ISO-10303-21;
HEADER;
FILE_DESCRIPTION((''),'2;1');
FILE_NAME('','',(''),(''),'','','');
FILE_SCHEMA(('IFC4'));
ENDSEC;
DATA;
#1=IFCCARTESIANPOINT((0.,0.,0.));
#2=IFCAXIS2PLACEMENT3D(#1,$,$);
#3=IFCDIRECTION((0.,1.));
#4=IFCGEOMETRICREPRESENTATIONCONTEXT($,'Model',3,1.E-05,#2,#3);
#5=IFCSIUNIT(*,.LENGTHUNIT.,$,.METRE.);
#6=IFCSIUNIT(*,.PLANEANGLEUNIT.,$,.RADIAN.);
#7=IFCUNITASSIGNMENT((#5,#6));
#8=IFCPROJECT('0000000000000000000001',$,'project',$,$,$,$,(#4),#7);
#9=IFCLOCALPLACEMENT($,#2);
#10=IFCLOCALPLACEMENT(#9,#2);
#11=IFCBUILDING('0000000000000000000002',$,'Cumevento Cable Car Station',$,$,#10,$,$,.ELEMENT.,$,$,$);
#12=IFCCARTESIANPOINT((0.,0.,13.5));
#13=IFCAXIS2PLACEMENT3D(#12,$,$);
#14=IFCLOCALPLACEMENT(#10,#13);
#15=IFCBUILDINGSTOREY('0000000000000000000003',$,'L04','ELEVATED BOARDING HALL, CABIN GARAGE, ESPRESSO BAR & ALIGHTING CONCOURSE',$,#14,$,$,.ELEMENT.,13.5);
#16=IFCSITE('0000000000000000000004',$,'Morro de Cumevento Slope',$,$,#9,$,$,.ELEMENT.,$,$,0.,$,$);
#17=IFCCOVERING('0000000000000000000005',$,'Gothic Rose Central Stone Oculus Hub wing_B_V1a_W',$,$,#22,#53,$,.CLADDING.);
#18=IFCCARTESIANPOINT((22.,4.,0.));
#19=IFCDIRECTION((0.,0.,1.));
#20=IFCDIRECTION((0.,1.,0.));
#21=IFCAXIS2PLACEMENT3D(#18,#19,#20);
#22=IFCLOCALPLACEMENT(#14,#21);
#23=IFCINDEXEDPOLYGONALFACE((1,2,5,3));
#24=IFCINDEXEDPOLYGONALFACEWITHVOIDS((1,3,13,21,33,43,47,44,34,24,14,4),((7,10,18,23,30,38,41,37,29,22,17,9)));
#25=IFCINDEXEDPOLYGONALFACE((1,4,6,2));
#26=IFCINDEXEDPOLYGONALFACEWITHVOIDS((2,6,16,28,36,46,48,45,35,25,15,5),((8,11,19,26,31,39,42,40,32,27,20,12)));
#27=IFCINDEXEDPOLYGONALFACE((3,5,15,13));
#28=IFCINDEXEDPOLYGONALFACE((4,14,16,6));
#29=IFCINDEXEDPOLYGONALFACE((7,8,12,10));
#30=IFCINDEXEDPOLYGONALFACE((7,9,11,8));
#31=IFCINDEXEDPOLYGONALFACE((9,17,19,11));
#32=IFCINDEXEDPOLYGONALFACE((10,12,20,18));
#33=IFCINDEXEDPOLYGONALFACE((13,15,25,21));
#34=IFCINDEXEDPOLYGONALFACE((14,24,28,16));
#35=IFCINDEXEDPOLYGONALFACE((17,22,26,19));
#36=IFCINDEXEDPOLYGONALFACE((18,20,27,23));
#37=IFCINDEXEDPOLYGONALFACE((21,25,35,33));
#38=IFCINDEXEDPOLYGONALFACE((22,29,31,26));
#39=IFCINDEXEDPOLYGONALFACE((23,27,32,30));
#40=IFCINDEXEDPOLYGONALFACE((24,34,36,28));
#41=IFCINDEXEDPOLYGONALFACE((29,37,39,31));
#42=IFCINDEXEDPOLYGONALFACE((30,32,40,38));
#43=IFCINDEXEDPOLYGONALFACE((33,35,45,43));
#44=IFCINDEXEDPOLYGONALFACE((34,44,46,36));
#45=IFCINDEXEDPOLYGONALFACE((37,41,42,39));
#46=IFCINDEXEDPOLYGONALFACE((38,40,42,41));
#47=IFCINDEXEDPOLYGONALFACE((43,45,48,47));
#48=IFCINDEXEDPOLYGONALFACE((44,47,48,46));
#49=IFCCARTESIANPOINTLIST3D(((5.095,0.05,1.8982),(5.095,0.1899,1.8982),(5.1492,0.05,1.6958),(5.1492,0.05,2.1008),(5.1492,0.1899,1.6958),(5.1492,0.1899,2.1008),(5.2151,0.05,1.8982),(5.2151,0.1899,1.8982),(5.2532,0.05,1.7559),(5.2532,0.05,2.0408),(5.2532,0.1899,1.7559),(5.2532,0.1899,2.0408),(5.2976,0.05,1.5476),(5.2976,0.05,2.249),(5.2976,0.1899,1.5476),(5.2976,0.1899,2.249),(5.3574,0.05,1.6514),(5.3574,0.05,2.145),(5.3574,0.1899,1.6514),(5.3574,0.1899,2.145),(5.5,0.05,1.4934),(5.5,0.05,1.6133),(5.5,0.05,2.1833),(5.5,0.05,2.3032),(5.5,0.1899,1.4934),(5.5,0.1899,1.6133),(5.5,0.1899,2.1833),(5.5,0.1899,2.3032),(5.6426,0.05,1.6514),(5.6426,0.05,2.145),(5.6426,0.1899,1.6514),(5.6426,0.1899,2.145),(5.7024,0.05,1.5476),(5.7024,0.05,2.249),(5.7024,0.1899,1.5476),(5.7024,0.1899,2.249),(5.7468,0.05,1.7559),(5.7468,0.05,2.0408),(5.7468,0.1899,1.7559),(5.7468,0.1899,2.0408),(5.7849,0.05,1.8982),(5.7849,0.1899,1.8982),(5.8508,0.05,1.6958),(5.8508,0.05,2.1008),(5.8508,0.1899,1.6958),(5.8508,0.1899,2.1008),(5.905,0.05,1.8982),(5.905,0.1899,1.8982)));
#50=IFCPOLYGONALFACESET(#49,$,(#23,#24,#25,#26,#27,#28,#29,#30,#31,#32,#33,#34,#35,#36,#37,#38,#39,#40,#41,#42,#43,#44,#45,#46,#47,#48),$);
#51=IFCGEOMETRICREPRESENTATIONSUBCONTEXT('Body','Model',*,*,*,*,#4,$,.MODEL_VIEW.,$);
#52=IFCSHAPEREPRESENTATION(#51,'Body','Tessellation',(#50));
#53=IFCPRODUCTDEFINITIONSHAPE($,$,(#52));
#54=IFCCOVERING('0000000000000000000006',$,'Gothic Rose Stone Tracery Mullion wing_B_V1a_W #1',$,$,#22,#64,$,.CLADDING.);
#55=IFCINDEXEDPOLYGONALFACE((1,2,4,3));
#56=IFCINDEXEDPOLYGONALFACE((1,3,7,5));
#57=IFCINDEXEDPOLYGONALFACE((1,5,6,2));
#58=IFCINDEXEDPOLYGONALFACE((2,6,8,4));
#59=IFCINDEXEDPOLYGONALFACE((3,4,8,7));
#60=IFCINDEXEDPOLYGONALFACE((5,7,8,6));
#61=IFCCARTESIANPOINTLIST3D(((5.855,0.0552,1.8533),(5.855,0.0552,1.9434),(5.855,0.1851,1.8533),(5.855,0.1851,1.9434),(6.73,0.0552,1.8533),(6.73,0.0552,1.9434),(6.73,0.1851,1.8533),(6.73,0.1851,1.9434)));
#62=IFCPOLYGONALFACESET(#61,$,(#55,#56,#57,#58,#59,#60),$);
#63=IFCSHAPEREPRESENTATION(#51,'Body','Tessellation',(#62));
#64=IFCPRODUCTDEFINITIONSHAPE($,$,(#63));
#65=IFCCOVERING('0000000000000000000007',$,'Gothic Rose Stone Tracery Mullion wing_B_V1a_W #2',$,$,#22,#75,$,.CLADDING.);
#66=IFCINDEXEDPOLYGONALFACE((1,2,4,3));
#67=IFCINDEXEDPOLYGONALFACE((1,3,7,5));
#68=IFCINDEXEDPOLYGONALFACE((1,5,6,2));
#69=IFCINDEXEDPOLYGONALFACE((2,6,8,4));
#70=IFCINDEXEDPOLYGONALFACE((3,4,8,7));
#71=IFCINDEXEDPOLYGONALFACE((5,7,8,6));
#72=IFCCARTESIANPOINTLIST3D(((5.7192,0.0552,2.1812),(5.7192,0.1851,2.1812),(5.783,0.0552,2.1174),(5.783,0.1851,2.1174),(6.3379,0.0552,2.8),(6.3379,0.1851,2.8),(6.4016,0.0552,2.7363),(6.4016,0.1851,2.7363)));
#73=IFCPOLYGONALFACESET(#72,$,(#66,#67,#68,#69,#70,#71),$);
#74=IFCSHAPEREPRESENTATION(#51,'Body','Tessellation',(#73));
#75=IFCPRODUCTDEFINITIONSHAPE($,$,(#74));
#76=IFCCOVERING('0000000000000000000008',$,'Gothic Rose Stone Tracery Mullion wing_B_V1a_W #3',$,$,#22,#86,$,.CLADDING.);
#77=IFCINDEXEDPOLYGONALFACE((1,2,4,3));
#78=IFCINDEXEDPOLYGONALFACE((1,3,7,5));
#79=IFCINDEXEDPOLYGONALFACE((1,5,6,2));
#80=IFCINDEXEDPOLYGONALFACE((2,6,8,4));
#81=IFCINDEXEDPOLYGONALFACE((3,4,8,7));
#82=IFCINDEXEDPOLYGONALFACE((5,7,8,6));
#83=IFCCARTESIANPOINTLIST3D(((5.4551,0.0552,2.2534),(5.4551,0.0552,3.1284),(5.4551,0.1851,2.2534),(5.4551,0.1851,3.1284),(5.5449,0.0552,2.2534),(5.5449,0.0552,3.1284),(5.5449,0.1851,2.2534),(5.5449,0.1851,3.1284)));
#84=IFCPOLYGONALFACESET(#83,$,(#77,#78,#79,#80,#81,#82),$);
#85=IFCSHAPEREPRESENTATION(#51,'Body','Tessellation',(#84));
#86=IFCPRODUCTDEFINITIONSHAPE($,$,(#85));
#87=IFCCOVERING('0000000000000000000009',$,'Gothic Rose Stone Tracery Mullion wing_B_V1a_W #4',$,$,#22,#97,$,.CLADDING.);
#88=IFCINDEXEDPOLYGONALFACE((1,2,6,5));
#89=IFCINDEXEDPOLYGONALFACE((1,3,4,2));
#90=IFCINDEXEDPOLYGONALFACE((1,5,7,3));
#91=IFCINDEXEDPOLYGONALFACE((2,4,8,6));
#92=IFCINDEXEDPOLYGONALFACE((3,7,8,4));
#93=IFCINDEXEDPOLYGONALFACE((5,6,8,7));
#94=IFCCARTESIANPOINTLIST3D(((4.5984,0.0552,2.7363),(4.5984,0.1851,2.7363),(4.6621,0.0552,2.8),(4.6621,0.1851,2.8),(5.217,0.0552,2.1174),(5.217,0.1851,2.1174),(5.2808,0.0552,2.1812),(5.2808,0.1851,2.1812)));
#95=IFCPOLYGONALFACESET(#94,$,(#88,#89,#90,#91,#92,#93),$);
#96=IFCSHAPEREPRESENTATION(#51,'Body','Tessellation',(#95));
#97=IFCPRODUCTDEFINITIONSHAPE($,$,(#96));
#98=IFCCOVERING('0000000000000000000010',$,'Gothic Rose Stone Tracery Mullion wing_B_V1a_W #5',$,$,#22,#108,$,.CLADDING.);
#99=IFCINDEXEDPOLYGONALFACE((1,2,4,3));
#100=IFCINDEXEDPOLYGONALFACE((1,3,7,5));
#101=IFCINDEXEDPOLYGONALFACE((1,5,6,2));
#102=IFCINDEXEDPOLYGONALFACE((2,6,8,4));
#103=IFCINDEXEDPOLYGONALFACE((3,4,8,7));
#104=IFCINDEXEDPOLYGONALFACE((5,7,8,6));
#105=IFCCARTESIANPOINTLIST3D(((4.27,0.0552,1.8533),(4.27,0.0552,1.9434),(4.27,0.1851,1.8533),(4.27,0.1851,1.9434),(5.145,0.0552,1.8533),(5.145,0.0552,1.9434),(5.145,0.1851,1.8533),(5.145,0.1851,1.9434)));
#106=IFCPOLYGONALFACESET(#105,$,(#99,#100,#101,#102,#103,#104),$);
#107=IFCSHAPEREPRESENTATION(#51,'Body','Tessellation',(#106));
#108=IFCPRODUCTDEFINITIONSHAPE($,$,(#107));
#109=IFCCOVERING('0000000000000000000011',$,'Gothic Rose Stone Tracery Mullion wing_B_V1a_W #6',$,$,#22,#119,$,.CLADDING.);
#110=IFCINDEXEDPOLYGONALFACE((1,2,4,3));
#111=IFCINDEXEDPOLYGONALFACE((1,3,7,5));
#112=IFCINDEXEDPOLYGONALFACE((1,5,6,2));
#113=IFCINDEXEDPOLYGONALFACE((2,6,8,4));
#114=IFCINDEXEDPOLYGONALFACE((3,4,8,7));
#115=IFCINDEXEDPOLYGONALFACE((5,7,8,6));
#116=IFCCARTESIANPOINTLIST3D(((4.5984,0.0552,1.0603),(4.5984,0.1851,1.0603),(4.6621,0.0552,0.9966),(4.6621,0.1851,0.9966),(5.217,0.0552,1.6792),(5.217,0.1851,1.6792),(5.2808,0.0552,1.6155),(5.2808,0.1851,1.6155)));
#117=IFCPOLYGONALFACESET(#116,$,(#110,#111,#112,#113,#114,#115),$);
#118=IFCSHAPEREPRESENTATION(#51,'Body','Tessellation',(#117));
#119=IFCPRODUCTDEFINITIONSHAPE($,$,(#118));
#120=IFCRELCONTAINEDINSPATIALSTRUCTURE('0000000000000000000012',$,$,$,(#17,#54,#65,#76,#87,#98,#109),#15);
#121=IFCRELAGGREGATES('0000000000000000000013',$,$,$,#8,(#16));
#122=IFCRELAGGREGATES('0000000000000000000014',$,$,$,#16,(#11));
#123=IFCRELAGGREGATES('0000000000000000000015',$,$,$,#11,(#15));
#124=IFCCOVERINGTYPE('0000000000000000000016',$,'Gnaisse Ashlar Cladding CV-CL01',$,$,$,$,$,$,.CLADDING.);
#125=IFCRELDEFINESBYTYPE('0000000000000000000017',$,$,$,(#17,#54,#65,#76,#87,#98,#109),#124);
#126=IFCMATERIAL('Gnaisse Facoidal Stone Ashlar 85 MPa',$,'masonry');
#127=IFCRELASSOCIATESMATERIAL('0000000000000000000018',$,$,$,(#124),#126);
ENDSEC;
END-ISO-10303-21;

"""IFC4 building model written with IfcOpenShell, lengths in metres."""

from ifc_helpers import new_model, si_unit, direction, frame, origin, place, context, subcontext, project, spatial, polyline, outline, extrude, material, type_object, element, save


model = new_model("IFC4")

# Units and contexts
model_context = context("Model", 3, precision=1e-05, world=origin(), true_north=direction((0.0, 1.0)))
body_context = subcontext(model_context, "Body", "Model", "MODEL_VIEW")
ifc_project = project(units=[si_unit("LENGTHUNIT", "METRE"), si_unit("PLANEANGLEUNIT", "RADIAN")], contexts=[model_context])

# Site, building, storey
site_placement = place(None, origin())
site = spatial("IfcSite", under=ifc_project, at=site_placement, Name="Morro de Cumevento Slope", CompositionType="ELEMENT", RefElevation=0.0)
building_placement = place(site_placement, origin())
building = spatial("IfcBuilding", under=site, at=building_placement, Name="Cumevento Cable Car Station", CompositionType="ELEMENT")
storey_placement = place(building_placement, frame((0.0, 0.0, 13.5)))
storey = spatial("IfcBuildingStorey", under=building, at=storey_placement, Name="L04", Description="ELEVATED BOARDING HALL, CABIN GARAGE, ESPRESSO BAR & ALIGHTING CONCOURSE", CompositionType="ELEMENT", Elevation=13.5)

# Coverings
ifc_material_1 = material(Name="Gnaisse Facoidal Stone Ashlar 85 MPa", Category="masonry")
covering_type = type_object("IfcCoveringType", Name="Gnaisse Ashlar Cladding CV-CL01", PredefinedType="CLADDING", material=ifc_material_1)
placement_1 = place(storey_placement, frame((22.0, 4.0, 0.0), z_axis=(0.0, 0.0, 1.0), x_axis=(0.0, 1.0, 0.0)))
element("IfcCovering", 1, at=placement_1, inside=storey, type_object=covering_type, Name="Gothic Rose Central Stone Oculus Hub wing_B_V1a_W", PredefinedType="CLADDING", context=body_context, shape_type="SweptSolid", body=[
    extrude(outline(polyline([(5.905, 1.8982), (5.8508, 2.1008), (5.7024, 2.249), (5.5, 2.3032), (5.2976, 2.249), (5.1492, 2.1008), (5.095, 1.8982), (5.1492, 1.6958), (5.2976, 1.5476), (5.5, 1.4934), (5.7024, 1.5476), (5.8508, 1.6958), (5.905, 1.8982)]), holes=[polyline([(5.7849, 1.8982), (5.7468, 2.0408), (5.6426, 2.145), (5.5, 2.1833), (5.3574, 2.145), (5.2532, 2.0408), (5.2151, 1.8982), (5.2532, 1.7559), (5.3574, 1.6514), (5.5, 1.6133), (5.6426, 1.6514), (5.7468, 1.7559), (5.7849, 1.8982)])]), frame((0.0, 0.1899, 0.0), z_axis=(0.0, -1.0, 0.0), x_axis=(1.0, 0.0, 0.0)), (0.0, 0.0, 1.0), 0.1399),
])
element("IfcCovering", 2, at=placement_1, inside=storey, type_object=covering_type, Name="Gothic Rose Stone Tracery Mullion wing_B_V1a_W #1", PredefinedType="CLADDING", context=body_context, shape_type="SweptSolid", body=[
    extrude(outline(polyline([(5.855, 1.9434), (6.73, 1.9434), (6.73, 1.8533), (5.855, 1.8533), (5.855, 1.9434)])), frame((0.0, 0.1851, 0.0), z_axis=(0.0, -1.0, 0.0), x_axis=(1.0, 0.0, 0.0)), (0.0, 0.0, 1.0), 0.1299),
])
element("IfcCovering", 3, at=placement_1, inside=storey, type_object=covering_type, Name="Gothic Rose Stone Tracery Mullion wing_B_V1a_W #2", PredefinedType="CLADDING", context=body_context, shape_type="SweptSolid", body=[
    extrude(outline(polyline([(5.7192, 2.1812), (6.3379, 2.8), (6.4016, 2.7363), (5.783, 2.1174), (5.7192, 2.1812)])), frame((0.0, 0.1851, 0.0), z_axis=(0.0, -1.0, 0.0), x_axis=(1.0, 0.0, 0.0)), (0.0, 0.0, 1.0), 0.1299),
])
element("IfcCovering", 4, at=placement_1, inside=storey, type_object=covering_type, Name="Gothic Rose Stone Tracery Mullion wing_B_V1a_W #3", PredefinedType="CLADDING", context=body_context, shape_type="SweptSolid", body=[
    extrude(outline(polyline([(5.4551, 2.2534), (5.4551, 3.1284), (5.5449, 3.1284), (5.5449, 2.2534), (5.4551, 2.2534)])), frame((0.0, 0.1851, 0.0), z_axis=(0.0, -1.0, 0.0), x_axis=(1.0, 0.0, 0.0)), (0.0, 0.0, 1.0), 0.1299),
])
element("IfcCovering", 5, at=placement_1, inside=storey, type_object=covering_type, Name="Gothic Rose Stone Tracery Mullion wing_B_V1a_W #4", PredefinedType="CLADDING", context=body_context, shape_type="SweptSolid", body=[
    extrude(outline(polyline([(5.217, 2.1174), (4.5984, 2.7363), (4.6621, 2.8), (5.2808, 2.1812), (5.217, 2.1174)])), frame((0.0, 0.1851, 0.0), z_axis=(0.0, -1.0, 0.0), x_axis=(1.0, 0.0, 0.0)), (0.0, 0.0, 1.0), 0.1299),
])
element("IfcCovering", 6, at=placement_1, inside=storey, type_object=covering_type, Name="Gothic Rose Stone Tracery Mullion wing_B_V1a_W #5", PredefinedType="CLADDING", context=body_context, shape_type="SweptSolid", body=[
    extrude(outline(polyline([(5.145, 1.8533), (4.27, 1.8533), (4.27, 1.9434), (5.145, 1.9434), (5.145, 1.8533)])), frame((0.0, 0.1851, 0.0), z_axis=(0.0, -1.0, 0.0), x_axis=(1.0, 0.0, 0.0)), (0.0, 0.0, 1.0), 0.1299),
])
element("IfcCovering", 7, at=placement_1, inside=storey, type_object=covering_type, Name="Gothic Rose Stone Tracery Mullion wing_B_V1a_W #6", PredefinedType="CLADDING", context=body_context, shape_type="SweptSolid", body=[
    extrude(outline(polyline([(5.2808, 1.6155), (4.6621, 0.9966), (4.5984, 1.0603), (5.217, 1.6792), (5.2808, 1.6155)])), frame((0.0, 0.1851, 0.0), z_axis=(0.0, -1.0, 0.0), x_axis=(1.0, 0.0, 0.0)), (0.0, 0.0, 1.0), 0.1299),
])

save(model, "model.ifc")
